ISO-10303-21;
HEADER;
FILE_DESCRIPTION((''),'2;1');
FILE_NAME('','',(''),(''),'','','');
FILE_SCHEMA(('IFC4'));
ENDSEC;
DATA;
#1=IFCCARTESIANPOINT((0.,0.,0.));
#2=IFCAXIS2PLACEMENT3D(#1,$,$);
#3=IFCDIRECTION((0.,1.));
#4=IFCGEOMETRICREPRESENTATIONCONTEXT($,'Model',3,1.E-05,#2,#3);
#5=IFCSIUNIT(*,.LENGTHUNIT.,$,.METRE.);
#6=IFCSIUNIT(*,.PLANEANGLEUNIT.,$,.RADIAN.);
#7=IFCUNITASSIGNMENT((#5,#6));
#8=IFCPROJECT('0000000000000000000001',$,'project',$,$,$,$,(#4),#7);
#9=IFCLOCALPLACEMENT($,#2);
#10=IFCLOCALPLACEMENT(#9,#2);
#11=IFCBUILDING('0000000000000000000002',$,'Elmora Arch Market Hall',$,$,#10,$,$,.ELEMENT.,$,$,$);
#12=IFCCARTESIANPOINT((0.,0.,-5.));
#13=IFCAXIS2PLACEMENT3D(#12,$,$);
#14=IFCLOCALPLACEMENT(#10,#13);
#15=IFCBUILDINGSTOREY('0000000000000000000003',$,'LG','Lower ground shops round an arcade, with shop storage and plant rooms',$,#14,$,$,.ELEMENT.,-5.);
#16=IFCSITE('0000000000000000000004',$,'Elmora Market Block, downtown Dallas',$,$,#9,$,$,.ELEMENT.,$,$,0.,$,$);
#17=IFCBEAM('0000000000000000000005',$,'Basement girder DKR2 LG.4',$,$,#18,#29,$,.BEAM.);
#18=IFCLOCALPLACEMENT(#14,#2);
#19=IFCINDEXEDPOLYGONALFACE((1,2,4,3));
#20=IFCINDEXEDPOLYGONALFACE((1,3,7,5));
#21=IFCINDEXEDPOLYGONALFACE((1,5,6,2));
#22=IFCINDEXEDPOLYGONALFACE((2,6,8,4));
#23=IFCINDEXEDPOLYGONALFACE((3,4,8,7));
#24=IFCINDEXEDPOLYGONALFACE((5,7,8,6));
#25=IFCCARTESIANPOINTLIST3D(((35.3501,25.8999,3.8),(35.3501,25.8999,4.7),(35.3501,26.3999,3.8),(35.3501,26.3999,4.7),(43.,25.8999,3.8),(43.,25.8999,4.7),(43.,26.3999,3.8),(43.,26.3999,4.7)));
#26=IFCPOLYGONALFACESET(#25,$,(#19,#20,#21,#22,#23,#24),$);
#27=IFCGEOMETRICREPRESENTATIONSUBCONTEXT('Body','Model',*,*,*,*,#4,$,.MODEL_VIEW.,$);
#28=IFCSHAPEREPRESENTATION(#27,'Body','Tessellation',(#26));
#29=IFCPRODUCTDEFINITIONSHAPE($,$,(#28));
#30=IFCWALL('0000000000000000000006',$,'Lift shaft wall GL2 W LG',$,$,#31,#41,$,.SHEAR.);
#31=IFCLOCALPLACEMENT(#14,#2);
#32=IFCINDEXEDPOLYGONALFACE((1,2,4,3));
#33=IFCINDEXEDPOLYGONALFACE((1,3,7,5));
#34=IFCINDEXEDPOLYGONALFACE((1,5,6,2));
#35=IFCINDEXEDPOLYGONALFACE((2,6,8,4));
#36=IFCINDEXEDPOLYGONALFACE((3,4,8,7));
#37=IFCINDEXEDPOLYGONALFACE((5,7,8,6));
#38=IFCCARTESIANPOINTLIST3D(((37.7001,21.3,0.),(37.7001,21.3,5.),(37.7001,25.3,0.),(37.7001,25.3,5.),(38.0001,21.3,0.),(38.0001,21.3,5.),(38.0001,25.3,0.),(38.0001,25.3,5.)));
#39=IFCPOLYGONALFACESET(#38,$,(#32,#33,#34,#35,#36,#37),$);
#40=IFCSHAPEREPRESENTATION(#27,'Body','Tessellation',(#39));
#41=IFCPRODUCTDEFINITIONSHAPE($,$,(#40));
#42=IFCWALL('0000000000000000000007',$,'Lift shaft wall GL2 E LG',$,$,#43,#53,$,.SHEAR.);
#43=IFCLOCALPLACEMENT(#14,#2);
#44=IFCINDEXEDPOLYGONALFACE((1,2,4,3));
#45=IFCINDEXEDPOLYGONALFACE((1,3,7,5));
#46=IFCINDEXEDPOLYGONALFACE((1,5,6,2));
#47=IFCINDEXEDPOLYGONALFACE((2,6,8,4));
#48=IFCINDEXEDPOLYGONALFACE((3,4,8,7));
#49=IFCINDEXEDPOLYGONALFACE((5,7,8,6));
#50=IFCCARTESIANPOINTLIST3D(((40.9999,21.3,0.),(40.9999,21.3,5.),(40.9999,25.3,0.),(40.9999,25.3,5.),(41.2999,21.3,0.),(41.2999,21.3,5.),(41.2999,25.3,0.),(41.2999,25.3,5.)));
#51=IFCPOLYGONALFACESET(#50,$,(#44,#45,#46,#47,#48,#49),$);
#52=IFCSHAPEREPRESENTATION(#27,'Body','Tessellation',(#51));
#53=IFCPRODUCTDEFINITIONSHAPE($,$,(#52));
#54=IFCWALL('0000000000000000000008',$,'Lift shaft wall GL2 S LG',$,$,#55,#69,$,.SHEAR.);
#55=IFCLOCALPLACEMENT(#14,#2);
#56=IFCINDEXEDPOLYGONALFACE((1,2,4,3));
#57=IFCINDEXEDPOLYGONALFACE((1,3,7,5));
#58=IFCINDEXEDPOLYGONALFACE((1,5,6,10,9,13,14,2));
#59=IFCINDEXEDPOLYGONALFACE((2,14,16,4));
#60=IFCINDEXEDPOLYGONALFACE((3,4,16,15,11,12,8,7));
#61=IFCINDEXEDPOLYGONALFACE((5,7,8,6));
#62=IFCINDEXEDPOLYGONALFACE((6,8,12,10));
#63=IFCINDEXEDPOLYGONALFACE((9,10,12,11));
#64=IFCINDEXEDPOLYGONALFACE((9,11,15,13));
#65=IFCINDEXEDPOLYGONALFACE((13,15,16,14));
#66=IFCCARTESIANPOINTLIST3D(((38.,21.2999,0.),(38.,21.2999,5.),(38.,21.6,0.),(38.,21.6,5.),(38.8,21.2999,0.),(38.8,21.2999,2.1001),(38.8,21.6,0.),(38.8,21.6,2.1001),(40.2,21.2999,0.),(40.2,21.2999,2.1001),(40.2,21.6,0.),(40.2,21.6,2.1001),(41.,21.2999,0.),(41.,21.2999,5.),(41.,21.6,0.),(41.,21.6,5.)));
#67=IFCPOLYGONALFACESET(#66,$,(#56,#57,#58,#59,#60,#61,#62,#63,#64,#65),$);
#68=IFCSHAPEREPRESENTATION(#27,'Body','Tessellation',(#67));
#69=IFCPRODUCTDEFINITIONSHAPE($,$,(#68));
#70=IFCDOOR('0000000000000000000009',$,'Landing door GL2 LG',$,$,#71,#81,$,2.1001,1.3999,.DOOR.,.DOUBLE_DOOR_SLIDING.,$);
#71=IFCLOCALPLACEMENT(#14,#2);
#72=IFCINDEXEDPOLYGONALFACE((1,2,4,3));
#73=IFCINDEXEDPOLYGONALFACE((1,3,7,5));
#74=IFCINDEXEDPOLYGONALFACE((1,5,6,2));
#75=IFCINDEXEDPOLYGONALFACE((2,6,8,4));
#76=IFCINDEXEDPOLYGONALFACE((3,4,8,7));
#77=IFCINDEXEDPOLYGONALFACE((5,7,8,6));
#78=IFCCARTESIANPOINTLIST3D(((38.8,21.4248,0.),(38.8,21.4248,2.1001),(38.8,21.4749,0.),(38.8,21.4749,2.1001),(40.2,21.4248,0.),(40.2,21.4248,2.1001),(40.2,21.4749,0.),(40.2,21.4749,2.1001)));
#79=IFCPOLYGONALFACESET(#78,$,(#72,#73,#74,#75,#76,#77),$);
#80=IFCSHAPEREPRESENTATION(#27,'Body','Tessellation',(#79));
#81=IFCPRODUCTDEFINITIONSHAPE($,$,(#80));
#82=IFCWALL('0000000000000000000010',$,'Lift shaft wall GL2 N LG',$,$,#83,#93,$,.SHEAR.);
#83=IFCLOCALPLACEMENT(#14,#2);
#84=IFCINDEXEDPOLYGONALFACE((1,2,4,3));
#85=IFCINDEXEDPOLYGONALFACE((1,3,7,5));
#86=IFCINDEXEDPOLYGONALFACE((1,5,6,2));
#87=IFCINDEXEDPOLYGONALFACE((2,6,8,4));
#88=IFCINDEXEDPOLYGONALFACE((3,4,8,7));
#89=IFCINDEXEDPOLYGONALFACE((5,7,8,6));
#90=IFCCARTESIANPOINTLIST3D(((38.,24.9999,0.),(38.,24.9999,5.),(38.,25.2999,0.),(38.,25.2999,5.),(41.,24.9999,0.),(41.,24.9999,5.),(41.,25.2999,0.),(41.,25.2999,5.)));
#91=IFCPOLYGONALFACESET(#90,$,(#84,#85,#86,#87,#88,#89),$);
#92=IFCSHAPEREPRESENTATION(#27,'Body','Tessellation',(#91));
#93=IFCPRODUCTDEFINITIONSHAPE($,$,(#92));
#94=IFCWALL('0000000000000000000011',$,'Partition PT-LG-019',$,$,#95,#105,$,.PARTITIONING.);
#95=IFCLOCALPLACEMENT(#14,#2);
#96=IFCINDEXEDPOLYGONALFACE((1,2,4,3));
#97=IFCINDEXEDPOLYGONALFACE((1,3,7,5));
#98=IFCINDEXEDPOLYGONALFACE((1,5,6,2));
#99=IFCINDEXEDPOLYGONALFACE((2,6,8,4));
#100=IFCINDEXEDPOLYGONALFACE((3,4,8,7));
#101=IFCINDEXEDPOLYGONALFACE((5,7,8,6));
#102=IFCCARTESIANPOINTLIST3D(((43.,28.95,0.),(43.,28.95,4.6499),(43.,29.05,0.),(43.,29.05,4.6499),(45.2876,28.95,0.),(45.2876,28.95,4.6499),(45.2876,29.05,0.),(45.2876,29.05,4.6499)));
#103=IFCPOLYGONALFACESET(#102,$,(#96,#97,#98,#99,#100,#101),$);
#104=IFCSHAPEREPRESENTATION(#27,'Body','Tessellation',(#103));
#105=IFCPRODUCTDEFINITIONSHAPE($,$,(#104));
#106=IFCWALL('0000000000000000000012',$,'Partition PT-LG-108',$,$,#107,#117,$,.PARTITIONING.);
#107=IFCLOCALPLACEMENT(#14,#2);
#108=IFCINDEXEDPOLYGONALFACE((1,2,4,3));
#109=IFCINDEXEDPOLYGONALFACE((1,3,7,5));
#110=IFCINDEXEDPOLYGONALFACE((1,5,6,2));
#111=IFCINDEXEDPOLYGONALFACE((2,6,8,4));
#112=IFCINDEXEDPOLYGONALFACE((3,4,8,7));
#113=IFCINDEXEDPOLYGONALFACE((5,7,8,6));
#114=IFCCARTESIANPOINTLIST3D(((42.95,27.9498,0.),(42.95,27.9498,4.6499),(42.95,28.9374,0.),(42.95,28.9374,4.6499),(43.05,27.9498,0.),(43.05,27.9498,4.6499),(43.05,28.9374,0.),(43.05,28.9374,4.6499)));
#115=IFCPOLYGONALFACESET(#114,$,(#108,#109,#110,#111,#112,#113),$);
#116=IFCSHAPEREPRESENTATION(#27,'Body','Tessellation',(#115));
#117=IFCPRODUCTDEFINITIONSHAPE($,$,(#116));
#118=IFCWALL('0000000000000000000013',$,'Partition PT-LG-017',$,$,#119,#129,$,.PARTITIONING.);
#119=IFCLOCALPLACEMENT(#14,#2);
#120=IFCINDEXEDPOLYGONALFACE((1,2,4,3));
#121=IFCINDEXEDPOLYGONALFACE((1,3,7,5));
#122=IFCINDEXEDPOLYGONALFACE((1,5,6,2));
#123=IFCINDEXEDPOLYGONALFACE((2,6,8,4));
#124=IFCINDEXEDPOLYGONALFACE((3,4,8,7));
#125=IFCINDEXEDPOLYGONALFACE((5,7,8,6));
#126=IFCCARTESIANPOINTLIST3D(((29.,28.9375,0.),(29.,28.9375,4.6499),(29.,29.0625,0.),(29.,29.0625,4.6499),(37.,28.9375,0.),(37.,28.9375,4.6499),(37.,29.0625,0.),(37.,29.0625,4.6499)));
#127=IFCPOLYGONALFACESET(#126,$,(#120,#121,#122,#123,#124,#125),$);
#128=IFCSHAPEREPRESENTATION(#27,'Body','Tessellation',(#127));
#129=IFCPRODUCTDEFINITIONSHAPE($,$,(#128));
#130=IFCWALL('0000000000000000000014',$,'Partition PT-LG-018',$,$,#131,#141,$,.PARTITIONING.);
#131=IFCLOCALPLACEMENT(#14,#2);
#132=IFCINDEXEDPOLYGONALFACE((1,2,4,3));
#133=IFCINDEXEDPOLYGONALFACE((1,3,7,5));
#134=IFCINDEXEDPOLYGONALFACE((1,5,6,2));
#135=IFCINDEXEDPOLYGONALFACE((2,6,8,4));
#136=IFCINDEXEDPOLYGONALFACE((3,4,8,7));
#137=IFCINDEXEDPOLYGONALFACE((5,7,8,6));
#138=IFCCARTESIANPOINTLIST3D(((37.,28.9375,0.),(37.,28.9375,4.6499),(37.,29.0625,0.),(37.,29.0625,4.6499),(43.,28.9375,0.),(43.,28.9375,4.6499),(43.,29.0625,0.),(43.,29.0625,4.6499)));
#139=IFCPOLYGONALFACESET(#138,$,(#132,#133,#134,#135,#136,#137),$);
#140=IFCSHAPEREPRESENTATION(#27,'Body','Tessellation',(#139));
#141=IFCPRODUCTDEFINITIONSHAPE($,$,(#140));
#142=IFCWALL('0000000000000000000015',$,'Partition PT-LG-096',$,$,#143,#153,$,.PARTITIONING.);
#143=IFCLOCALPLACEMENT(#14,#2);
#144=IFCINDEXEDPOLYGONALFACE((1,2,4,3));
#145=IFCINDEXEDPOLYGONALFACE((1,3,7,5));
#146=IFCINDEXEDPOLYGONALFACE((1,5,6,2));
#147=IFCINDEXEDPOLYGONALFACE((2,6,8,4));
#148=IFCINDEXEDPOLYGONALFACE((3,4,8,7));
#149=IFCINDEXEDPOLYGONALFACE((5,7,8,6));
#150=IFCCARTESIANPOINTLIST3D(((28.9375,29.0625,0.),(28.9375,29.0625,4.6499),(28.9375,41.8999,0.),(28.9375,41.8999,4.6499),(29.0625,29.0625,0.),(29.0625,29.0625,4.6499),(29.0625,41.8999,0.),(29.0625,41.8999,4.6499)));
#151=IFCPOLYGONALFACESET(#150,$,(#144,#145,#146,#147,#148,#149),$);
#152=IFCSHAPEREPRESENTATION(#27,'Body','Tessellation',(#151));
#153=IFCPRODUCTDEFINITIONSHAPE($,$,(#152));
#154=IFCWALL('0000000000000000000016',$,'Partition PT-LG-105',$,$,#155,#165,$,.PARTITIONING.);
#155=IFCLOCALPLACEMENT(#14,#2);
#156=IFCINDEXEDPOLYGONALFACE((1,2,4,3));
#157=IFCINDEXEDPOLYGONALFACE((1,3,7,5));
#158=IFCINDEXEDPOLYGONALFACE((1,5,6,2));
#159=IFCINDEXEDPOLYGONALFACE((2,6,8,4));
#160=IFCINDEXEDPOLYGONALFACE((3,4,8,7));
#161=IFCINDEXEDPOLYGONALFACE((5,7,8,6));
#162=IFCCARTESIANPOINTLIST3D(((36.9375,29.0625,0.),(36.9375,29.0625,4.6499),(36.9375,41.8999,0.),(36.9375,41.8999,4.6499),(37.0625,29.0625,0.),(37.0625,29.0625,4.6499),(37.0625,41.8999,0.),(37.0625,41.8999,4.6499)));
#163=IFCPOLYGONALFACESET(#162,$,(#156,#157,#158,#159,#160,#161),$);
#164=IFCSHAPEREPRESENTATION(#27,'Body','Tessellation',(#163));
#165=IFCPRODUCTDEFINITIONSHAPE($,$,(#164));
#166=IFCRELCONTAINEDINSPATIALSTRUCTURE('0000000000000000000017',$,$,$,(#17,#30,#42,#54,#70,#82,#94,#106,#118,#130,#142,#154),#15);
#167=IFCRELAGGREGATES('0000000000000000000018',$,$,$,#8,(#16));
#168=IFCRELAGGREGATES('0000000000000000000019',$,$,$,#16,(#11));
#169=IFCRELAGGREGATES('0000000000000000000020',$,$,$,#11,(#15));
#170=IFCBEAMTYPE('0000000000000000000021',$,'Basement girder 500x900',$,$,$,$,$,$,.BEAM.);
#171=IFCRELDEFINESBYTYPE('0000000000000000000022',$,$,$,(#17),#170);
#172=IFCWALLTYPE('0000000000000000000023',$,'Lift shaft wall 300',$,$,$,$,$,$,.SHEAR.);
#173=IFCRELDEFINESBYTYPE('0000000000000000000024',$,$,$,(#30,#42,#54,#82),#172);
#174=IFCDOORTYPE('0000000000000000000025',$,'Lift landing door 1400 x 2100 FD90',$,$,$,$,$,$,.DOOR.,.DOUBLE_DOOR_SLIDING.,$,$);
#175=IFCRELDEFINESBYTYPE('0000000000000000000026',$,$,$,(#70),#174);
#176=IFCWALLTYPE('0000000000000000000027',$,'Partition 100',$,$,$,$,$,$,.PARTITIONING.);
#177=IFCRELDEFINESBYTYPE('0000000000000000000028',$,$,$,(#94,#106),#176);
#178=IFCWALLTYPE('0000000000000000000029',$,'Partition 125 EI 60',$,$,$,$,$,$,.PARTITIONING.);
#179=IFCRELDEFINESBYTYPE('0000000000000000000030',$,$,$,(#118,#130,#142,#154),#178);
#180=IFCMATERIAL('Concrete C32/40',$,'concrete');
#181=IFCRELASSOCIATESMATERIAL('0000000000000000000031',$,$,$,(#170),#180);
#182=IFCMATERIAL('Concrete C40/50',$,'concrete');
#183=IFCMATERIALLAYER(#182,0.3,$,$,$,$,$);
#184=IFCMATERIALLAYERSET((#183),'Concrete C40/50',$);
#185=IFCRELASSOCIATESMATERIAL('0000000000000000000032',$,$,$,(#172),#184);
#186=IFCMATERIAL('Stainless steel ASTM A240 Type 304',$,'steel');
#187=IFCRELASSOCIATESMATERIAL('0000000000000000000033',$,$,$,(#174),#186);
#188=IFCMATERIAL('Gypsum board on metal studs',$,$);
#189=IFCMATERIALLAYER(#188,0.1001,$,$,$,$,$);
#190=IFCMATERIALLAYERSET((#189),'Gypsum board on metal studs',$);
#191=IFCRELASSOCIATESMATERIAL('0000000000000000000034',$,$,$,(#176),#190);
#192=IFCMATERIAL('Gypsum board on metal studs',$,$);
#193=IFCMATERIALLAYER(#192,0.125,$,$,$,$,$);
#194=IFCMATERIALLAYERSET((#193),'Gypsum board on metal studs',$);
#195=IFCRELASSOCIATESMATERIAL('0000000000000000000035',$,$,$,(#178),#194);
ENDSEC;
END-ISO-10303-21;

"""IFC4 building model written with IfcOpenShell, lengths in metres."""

from ifc_helpers import new_model, si_unit, direction, frame, frame_2d, origin, origin_2d, place, context, subcontext, project, spatial, rectangle, extrude, material, layer, layer_set, material_profile, profile_set, type_object, element, fill, save


model = new_model("IFC4")

# Units and contexts
model_context = context("Model", 3, precision=1e-05, world=origin(), true_north=direction((0.0, 1.0)))
body_context = subcontext(model_context, "Body", "Model", "MODEL_VIEW")
ifc_project = project(units=[si_unit("LENGTHUNIT", "METRE"), si_unit("PLANEANGLEUNIT", "RADIAN")], contexts=[model_context])

# Site, building, storey
site_placement = place(None, origin())
site = spatial("IfcSite", under=ifc_project, at=site_placement, Name="Elmora Market Block, downtown Dallas", CompositionType="ELEMENT", RefElevation=0.0)
building_placement = place(site_placement, origin())
building = spatial("IfcBuilding", under=site, at=building_placement, Name="Elmora Arch Market Hall", CompositionType="ELEMENT")
storey_placement = place(building_placement, frame((0.0, 0.0, -5.0)))
storey = spatial("IfcBuildingStorey", under=building, at=storey_placement, Name="LG", Description="Lower ground shops round an arcade, with shop storage and plant rooms", CompositionType="ELEMENT", Elevation=-5.0)

# Beam
ifc_material_1 = material(Name="Concrete C32/40", Category="concrete")
ifc_material_profile_1 = material_profile(ifc_material_1, rectangle(XDim=0.5, YDim=0.8999, at=origin_2d()), Name="Basement girder 500x900")
ifc_profile_set_1 = profile_set([ifc_material_profile_1], Name="Concrete C32/40")
beam_type = type_object("IfcBeamType", Name="Basement girder 500x900", PredefinedType="BEAM", material=ifc_profile_set_1)
beam_1_placement = place(storey_placement, frame((35.3501, 26.1499, 4.25), z_axis=(1.0, 0.0, 0.0), x_axis=(0.0, 1.0, 0.0)))
element("IfcBeam", 1, at=beam_1_placement, inside=storey, type_object=beam_type, Name="Basement girder DKR2 LG.4", PredefinedType="BEAM", context=body_context, shape_type="SweptSolid", body=[
    extrude(rectangle(XDim=0.5, YDim=0.8999, at=origin_2d()), origin(), (0.0, 0.0, 1.0), 7.6499),
])

# Walls
ifc_material_2 = material(Name="Concrete C40/50", Category="concrete")
ifc_layer_1 = layer(ifc_material_2, 0.3)
ifc_layer_set_1 = layer_set([ifc_layer_1], Name="Concrete C40/50")
wall_type_1 = type_object("IfcWallType", Name="Lift shaft wall 300", PredefinedType="SHEAR", material=ifc_layer_set_1)
for number, where, z_axis, x_axis, name in (
    (2, (37.8501, 21.3, 0.0), (0.0, 0.0, 1.0), (0.0, 1.0, 0.0), "Lift shaft wall GL2 W LG"),
    (3, (41.1499, 21.3, 0.0), (0.0, 0.0, 1.0), (0.0, 1.0, 0.0), "Lift shaft wall GL2 E LG"),
):
    element("IfcWall", number, at=place(storey_placement, frame(where, z_axis=z_axis, x_axis=x_axis)), inside=storey, type_object=wall_type_1, Name=name, PredefinedType="SHEAR", context=body_context, shape_type="SweptSolid", body=[
        extrude(rectangle(XDim=4.0, YDim=0.3, at=frame_2d((2.0, 0.0))), origin(), (0.0, 0.0, 1.0), 5.0),
    ])

# Wall, opening, door
wall_1_placement = place(storey_placement, frame((38.0, 21.45, 0.0), z_axis=(0.0, 0.0, 1.0), x_axis=(1.0, 0.0, 0.0)))
wall_1 = element("IfcWall", 4, at=wall_1_placement, inside=storey, type_object=wall_type_1, Name="Lift shaft wall GL2 S LG", PredefinedType="SHEAR", context=body_context, shape_type="SweptSolid", body=[
    extrude(rectangle(XDim=3.0, YDim=0.3, at=frame_2d((1.5, 0.0))), origin(), (0.0, 0.0, 1.0), 5.0),
])
opening_placement = place(wall_1_placement, frame((0.8, 0.0, 0.0)))
opening = element("IfcOpeningElement", 5, at=opening_placement, cuts=wall_1, PredefinedType="OPENING", context=body_context, shape_type="SweptSolid", body=[
    extrude(rectangle(XDim=1.3999, YDim=2.1001, at=frame_2d((0.7, 1.05))), frame((0.0, 0.1599, 0.0), z_axis=(0.0, -1.0, 0.0), x_axis=(1.0, 0.0, 0.0)), (0.0, 0.0, 1.0), 0.3201),
])
ifc_material_3 = material(Name="Stainless steel ASTM A240 Type 304", Category="steel")
door_type = type_object("IfcDoorType", Name="Lift landing door 1400 x 2100 FD90", OperationType="DOUBLE_DOOR_SLIDING", PredefinedType="DOOR", material=ifc_material_3)
door_placement = place(opening_placement, origin())
door = element("IfcDoor", 6, at=door_placement, inside=storey, type_object=door_type, Name="Landing door GL2 LG", OperationType="DOUBLE_DOOR_SLIDING", OverallHeight=2.1001, OverallWidth=1.3999, PredefinedType="DOOR", context=body_context, shape_type="SweptSolid", body=[
    extrude(rectangle(XDim=1.3999, YDim=2.1001, at=frame_2d((0.7, 1.05))), frame((0.0, 0.0249, 0.0), z_axis=(0.0, -1.0, 0.0), x_axis=(1.0, 0.0, 0.0)), (0.0, 0.0, 1.0), 0.05),
])
fill(opening, door)

# Walls
wall_2_placement = place(storey_placement, frame((38.0, 25.1499, 0.0), z_axis=(0.0, 0.0, 1.0), x_axis=(1.0, 0.0, 0.0)))
element("IfcWall", 7, at=wall_2_placement, inside=storey, type_object=wall_type_1, Name="Lift shaft wall GL2 N LG", PredefinedType="SHEAR", context=body_context, shape_type="SweptSolid", body=[
    extrude(rectangle(XDim=3.0, YDim=0.3, at=frame_2d((1.5, 0.0))), origin(), (0.0, 0.0, 1.0), 5.0),
])
ifc_material_4 = material(Name="Gypsum board on metal studs")
ifc_layer_2 = layer(ifc_material_4, 0.1001)
ifc_layer_set_2 = layer_set([ifc_layer_2], Name="Gypsum board on metal studs")
wall_type_2 = type_object("IfcWallType", Name="Partition 100", PredefinedType="PARTITIONING", material=ifc_layer_set_2)
wall_3_placement = place(storey_placement, frame((43.0, 29.0, 0.0), z_axis=(0.0, 0.0, 1.0), x_axis=(1.0, 0.0, 0.0)))
element("IfcWall", 8, at=wall_3_placement, inside=storey, type_object=wall_type_2, Name="Partition PT-LG-019", PredefinedType="PARTITIONING", context=body_context, shape_type="SweptSolid", body=[
    extrude(rectangle(XDim=2.2876, YDim=0.1001, at=frame_2d((1.1438, 0.0))), origin(), (0.0, 0.0, 1.0), 4.6499),
])
wall_4_placement = place(storey_placement, frame((43.0, 27.95, 0.0), z_axis=(0.0, 0.0, 1.0), x_axis=(0.0, 1.0, 0.0)))
element("IfcWall", 9, at=wall_4_placement, inside=storey, type_object=wall_type_2, Name="Partition PT-LG-108", PredefinedType="PARTITIONING", context=body_context, shape_type="SweptSolid", body=[
    extrude(rectangle(XDim=0.9875, YDim=0.1001, at=frame_2d((0.4937, 0.0))), origin(), (0.0, 0.0, 1.0), 4.6499),
])
ifc_material_5 = material(Name="Gypsum board on metal studs")
ifc_layer_3 = layer(ifc_material_5, 0.125)
ifc_layer_set_3 = layer_set([ifc_layer_3], Name="Gypsum board on metal studs")
wall_type_3 = type_object("IfcWallType", Name="Partition 125 EI 60", PredefinedType="PARTITIONING", material=ifc_layer_set_3)
wall_5_placement = place(storey_placement, frame((29.0, 29.0, 0.0), z_axis=(0.0, 0.0, 1.0), x_axis=(1.0, 0.0, 0.0)))
element("IfcWall", 10, at=wall_5_placement, inside=storey, type_object=wall_type_3, Name="Partition PT-LG-017", PredefinedType="PARTITIONING", context=body_context, shape_type="SweptSolid", body=[
    extrude(rectangle(XDim=8.0, YDim=0.125, at=frame_2d((4.0, 0.0))), origin(), (0.0, 0.0, 1.0), 4.6499),
])
wall_6_placement = place(storey_placement, frame((37.0, 29.0, 0.0), z_axis=(0.0, 0.0, 1.0), x_axis=(1.0, 0.0, 0.0)))
element("IfcWall", 11, at=wall_6_placement, inside=storey, type_object=wall_type_3, Name="Partition PT-LG-018", PredefinedType="PARTITIONING", context=body_context, shape_type="SweptSolid", body=[
    extrude(rectangle(XDim=6.0, YDim=0.125, at=frame_2d((3.0, 0.0))), origin(), (0.0, 0.0, 1.0), 4.6499),
])
for number, where, z_axis, x_axis, name in (
    (12, (29.0, 29.0625, 0.0), (0.0, 0.0, 1.0), (0.0, 1.0, 0.0), "Partition PT-LG-096"),
    (13, (37.0, 29.0625, 0.0), (0.0, 0.0, 1.0), (0.0, 1.0, 0.0), "Partition PT-LG-105"),
):
    element("IfcWall", number, at=place(storey_placement, frame(where, z_axis=z_axis, x_axis=x_axis)), inside=storey, type_object=wall_type_3, Name=name, PredefinedType="PARTITIONING", context=body_context, shape_type="SweptSolid", body=[
        extrude(rectangle(XDim=12.8374, YDim=0.125, at=frame_2d((6.4187, 0.0))), origin(), (0.0, 0.0, 1.0), 4.6499),
    ])

save(model, "model.ifc")
